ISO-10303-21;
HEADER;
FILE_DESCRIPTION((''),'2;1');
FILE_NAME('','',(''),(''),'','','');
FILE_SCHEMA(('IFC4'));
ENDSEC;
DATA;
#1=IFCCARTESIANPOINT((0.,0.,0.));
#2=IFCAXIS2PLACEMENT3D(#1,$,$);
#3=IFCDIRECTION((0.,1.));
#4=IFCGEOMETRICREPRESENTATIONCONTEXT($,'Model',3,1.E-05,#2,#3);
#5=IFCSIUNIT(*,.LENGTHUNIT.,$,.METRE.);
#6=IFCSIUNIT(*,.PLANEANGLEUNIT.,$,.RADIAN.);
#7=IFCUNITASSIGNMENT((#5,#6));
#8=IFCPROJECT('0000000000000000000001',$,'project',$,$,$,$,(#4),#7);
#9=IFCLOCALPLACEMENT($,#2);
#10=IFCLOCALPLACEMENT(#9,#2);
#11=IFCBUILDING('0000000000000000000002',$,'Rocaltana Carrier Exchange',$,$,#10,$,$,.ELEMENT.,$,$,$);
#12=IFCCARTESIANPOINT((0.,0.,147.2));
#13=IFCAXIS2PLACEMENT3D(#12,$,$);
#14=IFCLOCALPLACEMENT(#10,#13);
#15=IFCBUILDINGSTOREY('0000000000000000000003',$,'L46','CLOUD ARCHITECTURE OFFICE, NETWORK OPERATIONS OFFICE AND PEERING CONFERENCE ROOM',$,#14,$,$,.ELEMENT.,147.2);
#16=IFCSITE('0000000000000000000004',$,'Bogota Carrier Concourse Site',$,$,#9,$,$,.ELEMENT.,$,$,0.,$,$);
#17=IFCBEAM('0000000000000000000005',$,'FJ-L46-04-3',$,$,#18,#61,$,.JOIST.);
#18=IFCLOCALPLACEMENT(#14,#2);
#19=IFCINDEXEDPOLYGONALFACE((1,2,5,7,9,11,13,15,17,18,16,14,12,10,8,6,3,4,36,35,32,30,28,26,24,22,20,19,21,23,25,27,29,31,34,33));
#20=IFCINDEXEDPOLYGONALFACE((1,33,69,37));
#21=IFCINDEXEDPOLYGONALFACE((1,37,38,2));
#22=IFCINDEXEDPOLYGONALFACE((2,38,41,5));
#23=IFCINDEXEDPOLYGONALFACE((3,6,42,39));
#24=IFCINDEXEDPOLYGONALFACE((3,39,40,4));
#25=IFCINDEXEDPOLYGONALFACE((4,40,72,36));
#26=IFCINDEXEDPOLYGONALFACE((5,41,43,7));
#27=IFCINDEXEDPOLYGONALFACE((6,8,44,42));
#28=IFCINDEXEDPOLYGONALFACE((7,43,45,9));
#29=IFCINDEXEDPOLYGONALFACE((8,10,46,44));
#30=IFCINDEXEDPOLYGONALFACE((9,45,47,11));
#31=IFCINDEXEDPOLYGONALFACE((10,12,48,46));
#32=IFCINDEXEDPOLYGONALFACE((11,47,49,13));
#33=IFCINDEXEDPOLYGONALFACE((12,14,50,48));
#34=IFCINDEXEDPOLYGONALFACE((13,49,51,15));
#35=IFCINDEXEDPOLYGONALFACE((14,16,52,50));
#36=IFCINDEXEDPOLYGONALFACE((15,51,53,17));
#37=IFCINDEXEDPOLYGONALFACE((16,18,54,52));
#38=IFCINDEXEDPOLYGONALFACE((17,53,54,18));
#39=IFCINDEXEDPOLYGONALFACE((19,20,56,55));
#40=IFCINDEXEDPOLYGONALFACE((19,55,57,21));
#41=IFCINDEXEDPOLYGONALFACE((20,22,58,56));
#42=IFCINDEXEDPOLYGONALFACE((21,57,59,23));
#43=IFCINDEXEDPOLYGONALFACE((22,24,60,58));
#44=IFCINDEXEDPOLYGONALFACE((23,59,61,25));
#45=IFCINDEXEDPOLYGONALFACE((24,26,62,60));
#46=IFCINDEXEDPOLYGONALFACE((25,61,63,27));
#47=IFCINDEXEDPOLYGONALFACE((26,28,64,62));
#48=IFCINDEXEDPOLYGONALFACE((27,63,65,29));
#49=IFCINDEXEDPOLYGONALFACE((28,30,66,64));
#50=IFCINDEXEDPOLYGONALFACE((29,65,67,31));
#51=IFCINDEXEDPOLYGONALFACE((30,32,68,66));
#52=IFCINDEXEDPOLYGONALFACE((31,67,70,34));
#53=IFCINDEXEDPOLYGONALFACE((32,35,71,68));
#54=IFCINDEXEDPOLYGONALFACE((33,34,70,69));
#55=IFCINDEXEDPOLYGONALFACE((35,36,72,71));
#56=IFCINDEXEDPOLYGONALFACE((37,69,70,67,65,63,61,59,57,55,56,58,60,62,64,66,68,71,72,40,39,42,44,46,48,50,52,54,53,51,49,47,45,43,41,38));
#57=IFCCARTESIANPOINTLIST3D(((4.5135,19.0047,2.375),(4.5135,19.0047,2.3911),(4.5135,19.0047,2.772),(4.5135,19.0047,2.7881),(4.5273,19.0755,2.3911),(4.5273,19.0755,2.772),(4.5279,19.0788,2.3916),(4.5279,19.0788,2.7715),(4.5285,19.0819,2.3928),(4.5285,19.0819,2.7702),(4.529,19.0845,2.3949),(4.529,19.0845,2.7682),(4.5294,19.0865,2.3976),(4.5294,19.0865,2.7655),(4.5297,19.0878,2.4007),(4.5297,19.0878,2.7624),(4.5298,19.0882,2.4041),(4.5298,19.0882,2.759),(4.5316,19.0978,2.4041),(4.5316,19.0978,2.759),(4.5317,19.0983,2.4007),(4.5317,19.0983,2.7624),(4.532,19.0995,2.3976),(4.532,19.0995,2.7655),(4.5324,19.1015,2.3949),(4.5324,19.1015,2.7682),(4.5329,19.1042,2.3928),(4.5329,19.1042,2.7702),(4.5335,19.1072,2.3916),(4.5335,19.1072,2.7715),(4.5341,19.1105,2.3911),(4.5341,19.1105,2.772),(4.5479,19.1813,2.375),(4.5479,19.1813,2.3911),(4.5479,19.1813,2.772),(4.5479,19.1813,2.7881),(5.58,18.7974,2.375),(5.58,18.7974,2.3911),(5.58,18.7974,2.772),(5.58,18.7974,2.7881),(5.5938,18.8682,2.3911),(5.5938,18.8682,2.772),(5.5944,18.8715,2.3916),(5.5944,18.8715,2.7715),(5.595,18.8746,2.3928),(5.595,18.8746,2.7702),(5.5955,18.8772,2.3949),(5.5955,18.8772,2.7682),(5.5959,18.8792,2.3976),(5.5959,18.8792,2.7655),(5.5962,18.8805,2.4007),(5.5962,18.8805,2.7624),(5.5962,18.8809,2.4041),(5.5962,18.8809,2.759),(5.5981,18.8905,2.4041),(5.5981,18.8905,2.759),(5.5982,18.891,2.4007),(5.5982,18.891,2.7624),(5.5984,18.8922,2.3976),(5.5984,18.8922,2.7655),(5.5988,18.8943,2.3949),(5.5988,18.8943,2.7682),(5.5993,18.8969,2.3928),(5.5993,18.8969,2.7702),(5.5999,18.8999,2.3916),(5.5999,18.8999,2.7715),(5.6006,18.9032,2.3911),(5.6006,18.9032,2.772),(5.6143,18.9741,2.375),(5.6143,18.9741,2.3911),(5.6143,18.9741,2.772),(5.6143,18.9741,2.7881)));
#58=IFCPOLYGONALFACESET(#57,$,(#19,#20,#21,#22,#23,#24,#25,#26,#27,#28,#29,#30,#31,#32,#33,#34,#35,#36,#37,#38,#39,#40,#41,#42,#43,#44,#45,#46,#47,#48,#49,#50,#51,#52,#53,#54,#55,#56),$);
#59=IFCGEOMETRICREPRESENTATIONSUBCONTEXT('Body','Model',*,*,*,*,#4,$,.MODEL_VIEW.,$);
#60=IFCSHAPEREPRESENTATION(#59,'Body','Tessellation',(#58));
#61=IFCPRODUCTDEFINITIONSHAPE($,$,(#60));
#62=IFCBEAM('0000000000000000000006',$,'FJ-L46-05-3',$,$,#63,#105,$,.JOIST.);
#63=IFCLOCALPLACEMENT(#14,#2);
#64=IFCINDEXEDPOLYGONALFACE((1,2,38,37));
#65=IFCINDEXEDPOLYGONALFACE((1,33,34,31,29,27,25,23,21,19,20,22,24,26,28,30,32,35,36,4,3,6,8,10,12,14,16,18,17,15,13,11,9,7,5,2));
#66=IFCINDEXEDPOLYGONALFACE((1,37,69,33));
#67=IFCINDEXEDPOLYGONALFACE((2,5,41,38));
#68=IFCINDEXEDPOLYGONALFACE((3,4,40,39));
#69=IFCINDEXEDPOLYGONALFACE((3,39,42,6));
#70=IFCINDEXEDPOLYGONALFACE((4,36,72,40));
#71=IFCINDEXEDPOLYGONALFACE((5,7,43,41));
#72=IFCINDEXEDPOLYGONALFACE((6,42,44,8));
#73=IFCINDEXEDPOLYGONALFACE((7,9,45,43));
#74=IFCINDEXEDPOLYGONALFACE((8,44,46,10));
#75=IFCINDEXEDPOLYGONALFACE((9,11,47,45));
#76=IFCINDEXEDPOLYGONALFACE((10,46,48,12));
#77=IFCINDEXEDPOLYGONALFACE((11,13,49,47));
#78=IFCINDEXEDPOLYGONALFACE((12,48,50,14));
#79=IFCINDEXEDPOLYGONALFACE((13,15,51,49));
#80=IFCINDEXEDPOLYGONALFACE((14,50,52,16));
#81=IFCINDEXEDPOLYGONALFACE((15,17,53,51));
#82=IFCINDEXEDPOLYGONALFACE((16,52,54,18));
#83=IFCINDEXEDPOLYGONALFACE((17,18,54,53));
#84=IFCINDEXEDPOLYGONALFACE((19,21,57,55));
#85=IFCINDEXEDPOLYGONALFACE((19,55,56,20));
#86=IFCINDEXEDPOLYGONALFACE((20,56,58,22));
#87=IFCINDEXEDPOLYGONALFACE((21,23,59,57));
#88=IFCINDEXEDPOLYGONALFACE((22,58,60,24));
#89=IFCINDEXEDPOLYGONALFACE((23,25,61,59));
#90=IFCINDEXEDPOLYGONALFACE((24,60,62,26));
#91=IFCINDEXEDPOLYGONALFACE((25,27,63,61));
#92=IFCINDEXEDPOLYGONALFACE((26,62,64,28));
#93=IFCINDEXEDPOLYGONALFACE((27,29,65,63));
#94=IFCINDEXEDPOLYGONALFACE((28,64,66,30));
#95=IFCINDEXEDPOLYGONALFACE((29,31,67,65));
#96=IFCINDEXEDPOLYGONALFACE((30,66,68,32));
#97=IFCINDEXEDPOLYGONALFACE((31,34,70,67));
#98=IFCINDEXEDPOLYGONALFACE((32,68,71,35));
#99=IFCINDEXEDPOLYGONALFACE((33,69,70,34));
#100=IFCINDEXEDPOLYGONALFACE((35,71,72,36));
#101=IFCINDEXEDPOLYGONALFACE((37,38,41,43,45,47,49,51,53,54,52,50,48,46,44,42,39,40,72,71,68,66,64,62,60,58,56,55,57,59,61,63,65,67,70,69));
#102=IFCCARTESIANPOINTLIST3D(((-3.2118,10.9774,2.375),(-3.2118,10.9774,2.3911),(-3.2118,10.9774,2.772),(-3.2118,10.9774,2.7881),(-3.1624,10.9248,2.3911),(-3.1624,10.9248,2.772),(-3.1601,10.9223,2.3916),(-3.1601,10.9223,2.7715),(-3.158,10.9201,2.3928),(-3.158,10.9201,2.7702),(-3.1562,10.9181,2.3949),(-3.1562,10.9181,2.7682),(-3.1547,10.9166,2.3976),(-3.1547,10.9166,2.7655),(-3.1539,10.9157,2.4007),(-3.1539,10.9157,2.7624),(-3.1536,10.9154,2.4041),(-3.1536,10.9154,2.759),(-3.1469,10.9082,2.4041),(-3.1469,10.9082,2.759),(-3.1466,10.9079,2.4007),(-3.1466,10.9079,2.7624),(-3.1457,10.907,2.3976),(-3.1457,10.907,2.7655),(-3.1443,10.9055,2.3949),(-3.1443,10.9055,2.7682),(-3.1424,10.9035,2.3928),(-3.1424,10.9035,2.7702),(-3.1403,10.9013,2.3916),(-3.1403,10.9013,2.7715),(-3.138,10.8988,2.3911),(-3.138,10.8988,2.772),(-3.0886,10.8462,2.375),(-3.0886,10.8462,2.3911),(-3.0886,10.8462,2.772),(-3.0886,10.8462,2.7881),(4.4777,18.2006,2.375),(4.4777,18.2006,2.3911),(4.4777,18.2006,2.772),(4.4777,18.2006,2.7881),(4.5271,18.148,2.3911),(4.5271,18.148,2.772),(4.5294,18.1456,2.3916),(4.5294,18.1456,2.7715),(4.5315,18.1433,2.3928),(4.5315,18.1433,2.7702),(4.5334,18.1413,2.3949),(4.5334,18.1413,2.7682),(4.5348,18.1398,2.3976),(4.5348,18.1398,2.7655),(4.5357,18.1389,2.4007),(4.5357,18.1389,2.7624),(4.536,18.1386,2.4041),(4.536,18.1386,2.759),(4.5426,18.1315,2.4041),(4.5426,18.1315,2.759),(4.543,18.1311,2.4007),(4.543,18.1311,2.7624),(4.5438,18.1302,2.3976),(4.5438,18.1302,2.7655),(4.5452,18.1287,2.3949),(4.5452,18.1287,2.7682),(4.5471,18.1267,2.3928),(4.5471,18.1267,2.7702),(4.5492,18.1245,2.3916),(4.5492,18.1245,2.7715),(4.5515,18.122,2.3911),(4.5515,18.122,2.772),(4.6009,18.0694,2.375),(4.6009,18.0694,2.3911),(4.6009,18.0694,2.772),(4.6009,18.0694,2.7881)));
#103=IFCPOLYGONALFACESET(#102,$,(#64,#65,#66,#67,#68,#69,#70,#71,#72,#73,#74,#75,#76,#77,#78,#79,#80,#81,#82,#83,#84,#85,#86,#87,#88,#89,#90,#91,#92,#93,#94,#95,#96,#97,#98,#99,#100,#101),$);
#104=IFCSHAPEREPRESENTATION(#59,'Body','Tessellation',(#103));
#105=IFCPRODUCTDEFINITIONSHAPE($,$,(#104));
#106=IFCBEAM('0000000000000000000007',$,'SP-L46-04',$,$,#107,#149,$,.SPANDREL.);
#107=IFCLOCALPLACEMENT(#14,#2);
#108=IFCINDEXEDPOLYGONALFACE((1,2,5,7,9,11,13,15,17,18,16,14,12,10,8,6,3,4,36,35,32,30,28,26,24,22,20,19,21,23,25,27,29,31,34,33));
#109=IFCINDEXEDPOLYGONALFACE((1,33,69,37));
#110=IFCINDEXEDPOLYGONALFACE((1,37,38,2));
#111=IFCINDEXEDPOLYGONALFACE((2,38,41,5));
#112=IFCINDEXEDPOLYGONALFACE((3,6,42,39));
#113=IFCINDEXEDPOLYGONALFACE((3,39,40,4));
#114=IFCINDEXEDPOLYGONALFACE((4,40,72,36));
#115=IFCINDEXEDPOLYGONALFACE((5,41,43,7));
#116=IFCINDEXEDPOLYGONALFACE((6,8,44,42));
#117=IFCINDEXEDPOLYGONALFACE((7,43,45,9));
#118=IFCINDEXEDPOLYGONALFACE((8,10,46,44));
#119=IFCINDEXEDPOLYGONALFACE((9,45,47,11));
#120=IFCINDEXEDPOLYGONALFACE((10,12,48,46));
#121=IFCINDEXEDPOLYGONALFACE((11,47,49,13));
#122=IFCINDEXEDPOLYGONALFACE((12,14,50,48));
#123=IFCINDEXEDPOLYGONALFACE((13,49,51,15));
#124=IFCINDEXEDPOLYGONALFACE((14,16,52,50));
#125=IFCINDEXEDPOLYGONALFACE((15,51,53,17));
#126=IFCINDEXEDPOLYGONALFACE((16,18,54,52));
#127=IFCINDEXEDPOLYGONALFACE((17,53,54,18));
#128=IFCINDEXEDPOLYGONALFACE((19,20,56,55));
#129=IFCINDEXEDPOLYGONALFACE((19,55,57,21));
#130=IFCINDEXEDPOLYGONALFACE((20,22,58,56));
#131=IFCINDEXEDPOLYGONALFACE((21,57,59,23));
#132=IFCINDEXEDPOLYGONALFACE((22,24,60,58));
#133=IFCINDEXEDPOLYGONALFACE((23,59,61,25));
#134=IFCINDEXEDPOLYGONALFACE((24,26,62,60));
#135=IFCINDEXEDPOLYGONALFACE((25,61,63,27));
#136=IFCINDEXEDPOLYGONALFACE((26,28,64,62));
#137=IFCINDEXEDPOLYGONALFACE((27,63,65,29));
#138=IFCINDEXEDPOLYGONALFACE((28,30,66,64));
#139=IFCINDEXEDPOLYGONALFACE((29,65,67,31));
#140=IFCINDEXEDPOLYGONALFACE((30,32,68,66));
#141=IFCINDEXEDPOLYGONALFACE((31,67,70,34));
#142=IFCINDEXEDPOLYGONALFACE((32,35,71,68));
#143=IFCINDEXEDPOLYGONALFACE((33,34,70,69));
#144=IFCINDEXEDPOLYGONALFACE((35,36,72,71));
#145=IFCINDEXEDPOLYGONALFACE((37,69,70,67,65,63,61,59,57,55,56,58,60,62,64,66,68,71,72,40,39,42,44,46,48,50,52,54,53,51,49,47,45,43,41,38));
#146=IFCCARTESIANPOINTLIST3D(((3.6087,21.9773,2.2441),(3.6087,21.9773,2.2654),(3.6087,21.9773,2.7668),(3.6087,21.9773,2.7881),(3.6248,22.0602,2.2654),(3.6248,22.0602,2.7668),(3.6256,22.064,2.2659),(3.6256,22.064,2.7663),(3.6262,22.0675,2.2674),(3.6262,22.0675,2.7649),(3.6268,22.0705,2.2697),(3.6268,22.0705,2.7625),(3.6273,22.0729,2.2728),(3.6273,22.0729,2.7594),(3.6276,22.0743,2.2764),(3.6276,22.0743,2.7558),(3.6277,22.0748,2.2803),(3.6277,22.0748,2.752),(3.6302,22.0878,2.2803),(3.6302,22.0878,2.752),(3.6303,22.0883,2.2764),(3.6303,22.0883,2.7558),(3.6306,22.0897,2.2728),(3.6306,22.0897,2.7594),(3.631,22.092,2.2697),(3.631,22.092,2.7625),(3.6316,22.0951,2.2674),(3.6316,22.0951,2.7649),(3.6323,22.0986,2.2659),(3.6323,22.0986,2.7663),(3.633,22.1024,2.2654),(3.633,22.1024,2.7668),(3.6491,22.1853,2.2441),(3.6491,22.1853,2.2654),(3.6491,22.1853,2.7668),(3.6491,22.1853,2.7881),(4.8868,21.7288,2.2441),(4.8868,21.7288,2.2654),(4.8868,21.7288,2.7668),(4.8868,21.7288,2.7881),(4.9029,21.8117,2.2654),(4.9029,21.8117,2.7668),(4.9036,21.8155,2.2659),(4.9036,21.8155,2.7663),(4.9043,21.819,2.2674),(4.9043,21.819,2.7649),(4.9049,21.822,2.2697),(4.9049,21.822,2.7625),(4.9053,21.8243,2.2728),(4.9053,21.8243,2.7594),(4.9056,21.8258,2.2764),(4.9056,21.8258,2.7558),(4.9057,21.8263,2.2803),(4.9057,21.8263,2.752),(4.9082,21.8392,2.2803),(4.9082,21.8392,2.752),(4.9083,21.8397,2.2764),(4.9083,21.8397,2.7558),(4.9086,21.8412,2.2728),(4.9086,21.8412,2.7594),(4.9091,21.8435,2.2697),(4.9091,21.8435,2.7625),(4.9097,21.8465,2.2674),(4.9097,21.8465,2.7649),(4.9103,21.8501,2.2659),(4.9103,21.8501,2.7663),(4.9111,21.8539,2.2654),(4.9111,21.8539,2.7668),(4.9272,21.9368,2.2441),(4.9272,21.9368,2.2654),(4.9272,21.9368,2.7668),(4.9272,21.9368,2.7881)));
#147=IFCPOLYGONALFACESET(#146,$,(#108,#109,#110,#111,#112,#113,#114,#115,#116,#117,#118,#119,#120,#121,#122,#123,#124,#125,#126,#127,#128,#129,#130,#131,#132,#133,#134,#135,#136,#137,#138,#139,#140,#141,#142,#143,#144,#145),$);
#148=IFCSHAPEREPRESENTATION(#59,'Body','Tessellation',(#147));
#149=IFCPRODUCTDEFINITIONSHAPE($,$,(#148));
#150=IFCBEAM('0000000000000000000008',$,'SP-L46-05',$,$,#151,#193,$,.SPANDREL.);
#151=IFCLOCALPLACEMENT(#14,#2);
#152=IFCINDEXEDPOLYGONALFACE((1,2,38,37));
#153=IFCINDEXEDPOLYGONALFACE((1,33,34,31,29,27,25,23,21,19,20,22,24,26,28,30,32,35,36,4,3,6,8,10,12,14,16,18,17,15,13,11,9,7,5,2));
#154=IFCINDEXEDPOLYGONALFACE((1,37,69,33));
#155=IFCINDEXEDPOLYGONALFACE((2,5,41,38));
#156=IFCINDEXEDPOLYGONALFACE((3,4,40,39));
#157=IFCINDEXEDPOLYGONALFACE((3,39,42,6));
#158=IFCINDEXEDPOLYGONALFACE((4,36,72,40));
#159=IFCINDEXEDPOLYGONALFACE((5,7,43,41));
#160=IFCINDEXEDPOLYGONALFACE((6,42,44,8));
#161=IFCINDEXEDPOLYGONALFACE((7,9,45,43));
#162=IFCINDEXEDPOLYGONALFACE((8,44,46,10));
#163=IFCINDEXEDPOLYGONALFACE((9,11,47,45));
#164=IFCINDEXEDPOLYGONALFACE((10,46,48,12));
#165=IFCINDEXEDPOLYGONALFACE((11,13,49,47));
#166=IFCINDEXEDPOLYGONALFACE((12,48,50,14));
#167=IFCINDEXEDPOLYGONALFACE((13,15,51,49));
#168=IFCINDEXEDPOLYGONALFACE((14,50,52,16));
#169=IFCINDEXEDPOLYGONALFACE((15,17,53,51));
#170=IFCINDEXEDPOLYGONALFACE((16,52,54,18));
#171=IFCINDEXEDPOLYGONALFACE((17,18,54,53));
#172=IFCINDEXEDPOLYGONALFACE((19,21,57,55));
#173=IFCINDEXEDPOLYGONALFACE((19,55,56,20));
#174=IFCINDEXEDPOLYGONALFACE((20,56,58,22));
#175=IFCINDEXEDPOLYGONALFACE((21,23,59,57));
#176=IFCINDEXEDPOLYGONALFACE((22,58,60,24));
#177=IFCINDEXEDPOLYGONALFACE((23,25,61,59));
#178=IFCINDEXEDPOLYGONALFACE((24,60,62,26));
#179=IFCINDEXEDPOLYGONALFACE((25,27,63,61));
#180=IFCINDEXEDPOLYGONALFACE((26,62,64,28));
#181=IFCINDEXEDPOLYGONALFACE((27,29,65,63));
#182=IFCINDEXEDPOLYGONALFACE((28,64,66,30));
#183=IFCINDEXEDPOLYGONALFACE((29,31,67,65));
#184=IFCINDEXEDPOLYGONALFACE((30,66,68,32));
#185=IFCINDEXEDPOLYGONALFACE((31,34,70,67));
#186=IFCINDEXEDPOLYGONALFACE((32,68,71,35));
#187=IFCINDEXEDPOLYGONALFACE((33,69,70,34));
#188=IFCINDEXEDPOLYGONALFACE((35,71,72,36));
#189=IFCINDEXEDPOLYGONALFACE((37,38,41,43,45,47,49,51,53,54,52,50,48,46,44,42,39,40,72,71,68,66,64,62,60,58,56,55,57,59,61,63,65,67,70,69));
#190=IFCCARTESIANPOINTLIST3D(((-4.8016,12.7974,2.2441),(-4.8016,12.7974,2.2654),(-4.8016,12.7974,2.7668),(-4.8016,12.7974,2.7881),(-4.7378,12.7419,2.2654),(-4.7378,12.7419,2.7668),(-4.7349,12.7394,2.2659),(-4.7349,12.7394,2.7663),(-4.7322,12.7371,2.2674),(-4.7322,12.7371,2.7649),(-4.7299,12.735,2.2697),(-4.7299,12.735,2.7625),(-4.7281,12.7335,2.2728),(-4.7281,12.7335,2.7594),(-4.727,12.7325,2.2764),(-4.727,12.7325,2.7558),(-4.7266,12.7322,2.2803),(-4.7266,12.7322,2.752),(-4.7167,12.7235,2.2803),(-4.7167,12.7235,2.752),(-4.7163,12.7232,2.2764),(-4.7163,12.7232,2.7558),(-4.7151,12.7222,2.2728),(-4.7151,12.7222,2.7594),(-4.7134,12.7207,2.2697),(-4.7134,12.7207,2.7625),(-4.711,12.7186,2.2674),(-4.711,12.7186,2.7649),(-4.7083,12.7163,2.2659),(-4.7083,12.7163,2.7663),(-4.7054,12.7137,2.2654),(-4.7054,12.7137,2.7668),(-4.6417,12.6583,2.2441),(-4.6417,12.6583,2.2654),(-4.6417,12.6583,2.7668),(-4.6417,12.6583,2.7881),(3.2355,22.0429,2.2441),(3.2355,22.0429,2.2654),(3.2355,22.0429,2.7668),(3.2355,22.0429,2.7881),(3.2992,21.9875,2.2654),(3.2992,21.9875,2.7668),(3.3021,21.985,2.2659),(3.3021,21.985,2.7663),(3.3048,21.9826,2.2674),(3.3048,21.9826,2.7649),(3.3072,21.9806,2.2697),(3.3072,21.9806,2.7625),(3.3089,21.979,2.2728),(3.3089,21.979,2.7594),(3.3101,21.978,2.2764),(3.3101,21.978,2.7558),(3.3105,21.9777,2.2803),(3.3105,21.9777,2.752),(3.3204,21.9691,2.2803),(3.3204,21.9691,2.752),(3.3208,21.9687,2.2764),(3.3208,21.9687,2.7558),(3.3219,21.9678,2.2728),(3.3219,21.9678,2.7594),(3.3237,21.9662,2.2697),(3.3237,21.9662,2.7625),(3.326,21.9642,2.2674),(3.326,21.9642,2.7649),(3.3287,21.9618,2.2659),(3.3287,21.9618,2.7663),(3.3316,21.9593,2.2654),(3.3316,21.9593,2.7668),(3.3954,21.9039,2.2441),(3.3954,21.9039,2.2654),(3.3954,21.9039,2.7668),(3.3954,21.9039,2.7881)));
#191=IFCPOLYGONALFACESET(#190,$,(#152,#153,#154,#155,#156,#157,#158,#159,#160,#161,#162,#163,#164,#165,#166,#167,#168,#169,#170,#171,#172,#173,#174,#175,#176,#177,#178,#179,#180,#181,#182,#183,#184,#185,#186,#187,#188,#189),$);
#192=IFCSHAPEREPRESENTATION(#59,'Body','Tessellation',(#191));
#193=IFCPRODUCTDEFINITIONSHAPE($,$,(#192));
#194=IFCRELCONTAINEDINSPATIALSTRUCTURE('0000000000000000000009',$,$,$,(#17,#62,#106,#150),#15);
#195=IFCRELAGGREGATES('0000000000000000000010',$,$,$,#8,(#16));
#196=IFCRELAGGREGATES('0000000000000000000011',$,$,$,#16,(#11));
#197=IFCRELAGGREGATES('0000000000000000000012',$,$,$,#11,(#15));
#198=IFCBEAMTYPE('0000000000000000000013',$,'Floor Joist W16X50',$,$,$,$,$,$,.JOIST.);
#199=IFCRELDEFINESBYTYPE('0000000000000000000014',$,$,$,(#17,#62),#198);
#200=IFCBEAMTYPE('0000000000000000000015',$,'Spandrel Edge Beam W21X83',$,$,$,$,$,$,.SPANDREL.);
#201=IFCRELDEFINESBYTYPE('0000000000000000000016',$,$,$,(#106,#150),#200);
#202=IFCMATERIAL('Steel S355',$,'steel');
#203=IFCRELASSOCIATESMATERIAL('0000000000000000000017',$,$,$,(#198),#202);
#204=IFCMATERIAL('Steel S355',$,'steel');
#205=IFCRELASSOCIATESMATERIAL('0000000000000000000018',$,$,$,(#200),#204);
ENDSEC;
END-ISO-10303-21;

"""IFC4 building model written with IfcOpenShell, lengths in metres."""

from ifc_helpers import new_model, si_unit, direction, frame, origin, origin_2d, place, context, subcontext, project, spatial, i_section, extrude, material, material_profile, profile_set, type_object, element, save


model = new_model("IFC4")

# Units and contexts
model_context = context("Model", 3, precision=1e-05, world=origin(), true_north=direction((0.0, 1.0)))
body_context = subcontext(model_context, "Body", "Model", "MODEL_VIEW")
ifc_project = project(units=[si_unit("LENGTHUNIT", "METRE"), si_unit("PLANEANGLEUNIT", "RADIAN")], contexts=[model_context])

# Site, building, storey
site_placement = place(None, origin())
site = spatial("IfcSite", under=ifc_project, at=site_placement, Name="Bogota Carrier Concourse Site", CompositionType="ELEMENT", RefElevation=0.0)
building_placement = place(site_placement, origin())
building = spatial("IfcBuilding", under=site, at=building_placement, Name="Rocaltana Carrier Exchange", CompositionType="ELEMENT")
storey_placement = place(building_placement, frame((0.0, 0.0, 147.2)))
storey = spatial("IfcBuildingStorey", under=building, at=storey_placement, Name="L46", Description="CLOUD ARCHITECTURE OFFICE, NETWORK OPERATIONS OFFICE AND PEERING CONFERENCE ROOM", CompositionType="ELEMENT", Elevation=147.2)

# Beams
ifc_material_1 = material(Name="Steel S355", Category="steel")
ifc_material_profile_1 = material_profile(ifc_material_1, i_section(OverallWidth=0.1799, OverallDepth=0.4131, WebThickness=0.0098, FlangeThickness=0.0161, FilletRadius=0.0129, at=origin_2d()), Name="W16X50")
ifc_profile_set_1 = profile_set([ifc_material_profile_1], Name="Steel S355")
beam_type_1 = type_object("IfcBeamType", Name="Floor Joist W16X50", PredefinedType="JOIST", material=ifc_profile_set_1)
beam_1_placement = place(storey_placement, frame((5.5972, 18.8857, 2.5815), z_axis=(-0.981629, 0.190797, 0.0), x_axis=(-0.190797, -0.981629, 0.0)))
element("IfcBeam", 1, at=beam_1_placement, inside=storey, type_object=beam_type_1, Name="FJ-L46-04-3", PredefinedType="JOIST", context=body_context, shape_type="SweptSolid", body=[
    extrude(i_section(OverallWidth=0.1799, OverallDepth=0.4131, WebThickness=0.0098, FlangeThickness=0.0161, FilletRadius=0.0129, at=origin_2d()), origin(), (0.0, 0.0, 1.0), 1.0864),
])
beam_2_placement = place(storey_placement, frame((4.5393, 18.135, 2.5815), z_axis=(-0.728861, -0.684661, 0.0), x_axis=(0.684661, -0.728861, 0.0)))
element("IfcBeam", 2, at=beam_2_placement, inside=storey, type_object=beam_type_1, Name="FJ-L46-05-3", PredefinedType="JOIST", context=body_context, shape_type="SweptSolid", body=[
    extrude(i_section(OverallWidth=0.1799, OverallDepth=0.4131, WebThickness=0.0098, FlangeThickness=0.0161, FilletRadius=0.0129, at=origin_2d()), origin(), (0.0, 0.0, 1.0), 10.55),
])
ifc_material_2 = material(Name="Steel S355", Category="steel")
ifc_material_profile_2 = material_profile(ifc_material_2, i_section(OverallWidth=0.2119, OverallDepth=0.5439, WebThickness=0.0132, FlangeThickness=0.0212, FilletRadius=0.0149, at=origin_2d()), Name="W21X83")
ifc_profile_set_2 = profile_set([ifc_material_profile_2], Name="Steel S355")
beam_type_2 = type_object("IfcBeamType", Name="Spandrel Edge Beam W21X83", PredefinedType="SPANDREL", material=ifc_profile_set_2)
beam_3_placement = place(storey_placement, frame((4.907, 21.8328, 2.5161), z_axis=(-0.981612, 0.190885, 0.0), x_axis=(-0.190885, -0.981612, 0.0)))
element("IfcBeam", 3, at=beam_3_placement, inside=storey, type_object=beam_type_2, Name="SP-L46-04", PredefinedType="SPANDREL", context=body_context, shape_type="SweptSolid", body=[
    extrude(i_section(OverallWidth=0.2119, OverallDepth=0.5439, WebThickness=0.0132, FlangeThickness=0.0212, FilletRadius=0.0149, at=origin_2d()), origin(), (0.0, 0.0, 1.0), 1.302),
])
beam_4_placement = place(storey_placement, frame((3.3154, 21.9734, 2.5161), z_axis=(-0.65606, -0.754708, 0.0), x_axis=(0.754708, -0.65606, 0.0)))
element("IfcBeam", 4, at=beam_4_placement, inside=storey, type_object=beam_type_2, Name="SP-L46-05", PredefinedType="SPANDREL", context=body_context, shape_type="SweptSolid", body=[
    extrude(i_section(OverallWidth=0.2119, OverallDepth=0.5439, WebThickness=0.0132, FlangeThickness=0.0212, FilletRadius=0.0149, at=origin_2d()), origin(), (0.0, 0.0, 1.0), 12.2505),
])

save(model, "model.ifc")
